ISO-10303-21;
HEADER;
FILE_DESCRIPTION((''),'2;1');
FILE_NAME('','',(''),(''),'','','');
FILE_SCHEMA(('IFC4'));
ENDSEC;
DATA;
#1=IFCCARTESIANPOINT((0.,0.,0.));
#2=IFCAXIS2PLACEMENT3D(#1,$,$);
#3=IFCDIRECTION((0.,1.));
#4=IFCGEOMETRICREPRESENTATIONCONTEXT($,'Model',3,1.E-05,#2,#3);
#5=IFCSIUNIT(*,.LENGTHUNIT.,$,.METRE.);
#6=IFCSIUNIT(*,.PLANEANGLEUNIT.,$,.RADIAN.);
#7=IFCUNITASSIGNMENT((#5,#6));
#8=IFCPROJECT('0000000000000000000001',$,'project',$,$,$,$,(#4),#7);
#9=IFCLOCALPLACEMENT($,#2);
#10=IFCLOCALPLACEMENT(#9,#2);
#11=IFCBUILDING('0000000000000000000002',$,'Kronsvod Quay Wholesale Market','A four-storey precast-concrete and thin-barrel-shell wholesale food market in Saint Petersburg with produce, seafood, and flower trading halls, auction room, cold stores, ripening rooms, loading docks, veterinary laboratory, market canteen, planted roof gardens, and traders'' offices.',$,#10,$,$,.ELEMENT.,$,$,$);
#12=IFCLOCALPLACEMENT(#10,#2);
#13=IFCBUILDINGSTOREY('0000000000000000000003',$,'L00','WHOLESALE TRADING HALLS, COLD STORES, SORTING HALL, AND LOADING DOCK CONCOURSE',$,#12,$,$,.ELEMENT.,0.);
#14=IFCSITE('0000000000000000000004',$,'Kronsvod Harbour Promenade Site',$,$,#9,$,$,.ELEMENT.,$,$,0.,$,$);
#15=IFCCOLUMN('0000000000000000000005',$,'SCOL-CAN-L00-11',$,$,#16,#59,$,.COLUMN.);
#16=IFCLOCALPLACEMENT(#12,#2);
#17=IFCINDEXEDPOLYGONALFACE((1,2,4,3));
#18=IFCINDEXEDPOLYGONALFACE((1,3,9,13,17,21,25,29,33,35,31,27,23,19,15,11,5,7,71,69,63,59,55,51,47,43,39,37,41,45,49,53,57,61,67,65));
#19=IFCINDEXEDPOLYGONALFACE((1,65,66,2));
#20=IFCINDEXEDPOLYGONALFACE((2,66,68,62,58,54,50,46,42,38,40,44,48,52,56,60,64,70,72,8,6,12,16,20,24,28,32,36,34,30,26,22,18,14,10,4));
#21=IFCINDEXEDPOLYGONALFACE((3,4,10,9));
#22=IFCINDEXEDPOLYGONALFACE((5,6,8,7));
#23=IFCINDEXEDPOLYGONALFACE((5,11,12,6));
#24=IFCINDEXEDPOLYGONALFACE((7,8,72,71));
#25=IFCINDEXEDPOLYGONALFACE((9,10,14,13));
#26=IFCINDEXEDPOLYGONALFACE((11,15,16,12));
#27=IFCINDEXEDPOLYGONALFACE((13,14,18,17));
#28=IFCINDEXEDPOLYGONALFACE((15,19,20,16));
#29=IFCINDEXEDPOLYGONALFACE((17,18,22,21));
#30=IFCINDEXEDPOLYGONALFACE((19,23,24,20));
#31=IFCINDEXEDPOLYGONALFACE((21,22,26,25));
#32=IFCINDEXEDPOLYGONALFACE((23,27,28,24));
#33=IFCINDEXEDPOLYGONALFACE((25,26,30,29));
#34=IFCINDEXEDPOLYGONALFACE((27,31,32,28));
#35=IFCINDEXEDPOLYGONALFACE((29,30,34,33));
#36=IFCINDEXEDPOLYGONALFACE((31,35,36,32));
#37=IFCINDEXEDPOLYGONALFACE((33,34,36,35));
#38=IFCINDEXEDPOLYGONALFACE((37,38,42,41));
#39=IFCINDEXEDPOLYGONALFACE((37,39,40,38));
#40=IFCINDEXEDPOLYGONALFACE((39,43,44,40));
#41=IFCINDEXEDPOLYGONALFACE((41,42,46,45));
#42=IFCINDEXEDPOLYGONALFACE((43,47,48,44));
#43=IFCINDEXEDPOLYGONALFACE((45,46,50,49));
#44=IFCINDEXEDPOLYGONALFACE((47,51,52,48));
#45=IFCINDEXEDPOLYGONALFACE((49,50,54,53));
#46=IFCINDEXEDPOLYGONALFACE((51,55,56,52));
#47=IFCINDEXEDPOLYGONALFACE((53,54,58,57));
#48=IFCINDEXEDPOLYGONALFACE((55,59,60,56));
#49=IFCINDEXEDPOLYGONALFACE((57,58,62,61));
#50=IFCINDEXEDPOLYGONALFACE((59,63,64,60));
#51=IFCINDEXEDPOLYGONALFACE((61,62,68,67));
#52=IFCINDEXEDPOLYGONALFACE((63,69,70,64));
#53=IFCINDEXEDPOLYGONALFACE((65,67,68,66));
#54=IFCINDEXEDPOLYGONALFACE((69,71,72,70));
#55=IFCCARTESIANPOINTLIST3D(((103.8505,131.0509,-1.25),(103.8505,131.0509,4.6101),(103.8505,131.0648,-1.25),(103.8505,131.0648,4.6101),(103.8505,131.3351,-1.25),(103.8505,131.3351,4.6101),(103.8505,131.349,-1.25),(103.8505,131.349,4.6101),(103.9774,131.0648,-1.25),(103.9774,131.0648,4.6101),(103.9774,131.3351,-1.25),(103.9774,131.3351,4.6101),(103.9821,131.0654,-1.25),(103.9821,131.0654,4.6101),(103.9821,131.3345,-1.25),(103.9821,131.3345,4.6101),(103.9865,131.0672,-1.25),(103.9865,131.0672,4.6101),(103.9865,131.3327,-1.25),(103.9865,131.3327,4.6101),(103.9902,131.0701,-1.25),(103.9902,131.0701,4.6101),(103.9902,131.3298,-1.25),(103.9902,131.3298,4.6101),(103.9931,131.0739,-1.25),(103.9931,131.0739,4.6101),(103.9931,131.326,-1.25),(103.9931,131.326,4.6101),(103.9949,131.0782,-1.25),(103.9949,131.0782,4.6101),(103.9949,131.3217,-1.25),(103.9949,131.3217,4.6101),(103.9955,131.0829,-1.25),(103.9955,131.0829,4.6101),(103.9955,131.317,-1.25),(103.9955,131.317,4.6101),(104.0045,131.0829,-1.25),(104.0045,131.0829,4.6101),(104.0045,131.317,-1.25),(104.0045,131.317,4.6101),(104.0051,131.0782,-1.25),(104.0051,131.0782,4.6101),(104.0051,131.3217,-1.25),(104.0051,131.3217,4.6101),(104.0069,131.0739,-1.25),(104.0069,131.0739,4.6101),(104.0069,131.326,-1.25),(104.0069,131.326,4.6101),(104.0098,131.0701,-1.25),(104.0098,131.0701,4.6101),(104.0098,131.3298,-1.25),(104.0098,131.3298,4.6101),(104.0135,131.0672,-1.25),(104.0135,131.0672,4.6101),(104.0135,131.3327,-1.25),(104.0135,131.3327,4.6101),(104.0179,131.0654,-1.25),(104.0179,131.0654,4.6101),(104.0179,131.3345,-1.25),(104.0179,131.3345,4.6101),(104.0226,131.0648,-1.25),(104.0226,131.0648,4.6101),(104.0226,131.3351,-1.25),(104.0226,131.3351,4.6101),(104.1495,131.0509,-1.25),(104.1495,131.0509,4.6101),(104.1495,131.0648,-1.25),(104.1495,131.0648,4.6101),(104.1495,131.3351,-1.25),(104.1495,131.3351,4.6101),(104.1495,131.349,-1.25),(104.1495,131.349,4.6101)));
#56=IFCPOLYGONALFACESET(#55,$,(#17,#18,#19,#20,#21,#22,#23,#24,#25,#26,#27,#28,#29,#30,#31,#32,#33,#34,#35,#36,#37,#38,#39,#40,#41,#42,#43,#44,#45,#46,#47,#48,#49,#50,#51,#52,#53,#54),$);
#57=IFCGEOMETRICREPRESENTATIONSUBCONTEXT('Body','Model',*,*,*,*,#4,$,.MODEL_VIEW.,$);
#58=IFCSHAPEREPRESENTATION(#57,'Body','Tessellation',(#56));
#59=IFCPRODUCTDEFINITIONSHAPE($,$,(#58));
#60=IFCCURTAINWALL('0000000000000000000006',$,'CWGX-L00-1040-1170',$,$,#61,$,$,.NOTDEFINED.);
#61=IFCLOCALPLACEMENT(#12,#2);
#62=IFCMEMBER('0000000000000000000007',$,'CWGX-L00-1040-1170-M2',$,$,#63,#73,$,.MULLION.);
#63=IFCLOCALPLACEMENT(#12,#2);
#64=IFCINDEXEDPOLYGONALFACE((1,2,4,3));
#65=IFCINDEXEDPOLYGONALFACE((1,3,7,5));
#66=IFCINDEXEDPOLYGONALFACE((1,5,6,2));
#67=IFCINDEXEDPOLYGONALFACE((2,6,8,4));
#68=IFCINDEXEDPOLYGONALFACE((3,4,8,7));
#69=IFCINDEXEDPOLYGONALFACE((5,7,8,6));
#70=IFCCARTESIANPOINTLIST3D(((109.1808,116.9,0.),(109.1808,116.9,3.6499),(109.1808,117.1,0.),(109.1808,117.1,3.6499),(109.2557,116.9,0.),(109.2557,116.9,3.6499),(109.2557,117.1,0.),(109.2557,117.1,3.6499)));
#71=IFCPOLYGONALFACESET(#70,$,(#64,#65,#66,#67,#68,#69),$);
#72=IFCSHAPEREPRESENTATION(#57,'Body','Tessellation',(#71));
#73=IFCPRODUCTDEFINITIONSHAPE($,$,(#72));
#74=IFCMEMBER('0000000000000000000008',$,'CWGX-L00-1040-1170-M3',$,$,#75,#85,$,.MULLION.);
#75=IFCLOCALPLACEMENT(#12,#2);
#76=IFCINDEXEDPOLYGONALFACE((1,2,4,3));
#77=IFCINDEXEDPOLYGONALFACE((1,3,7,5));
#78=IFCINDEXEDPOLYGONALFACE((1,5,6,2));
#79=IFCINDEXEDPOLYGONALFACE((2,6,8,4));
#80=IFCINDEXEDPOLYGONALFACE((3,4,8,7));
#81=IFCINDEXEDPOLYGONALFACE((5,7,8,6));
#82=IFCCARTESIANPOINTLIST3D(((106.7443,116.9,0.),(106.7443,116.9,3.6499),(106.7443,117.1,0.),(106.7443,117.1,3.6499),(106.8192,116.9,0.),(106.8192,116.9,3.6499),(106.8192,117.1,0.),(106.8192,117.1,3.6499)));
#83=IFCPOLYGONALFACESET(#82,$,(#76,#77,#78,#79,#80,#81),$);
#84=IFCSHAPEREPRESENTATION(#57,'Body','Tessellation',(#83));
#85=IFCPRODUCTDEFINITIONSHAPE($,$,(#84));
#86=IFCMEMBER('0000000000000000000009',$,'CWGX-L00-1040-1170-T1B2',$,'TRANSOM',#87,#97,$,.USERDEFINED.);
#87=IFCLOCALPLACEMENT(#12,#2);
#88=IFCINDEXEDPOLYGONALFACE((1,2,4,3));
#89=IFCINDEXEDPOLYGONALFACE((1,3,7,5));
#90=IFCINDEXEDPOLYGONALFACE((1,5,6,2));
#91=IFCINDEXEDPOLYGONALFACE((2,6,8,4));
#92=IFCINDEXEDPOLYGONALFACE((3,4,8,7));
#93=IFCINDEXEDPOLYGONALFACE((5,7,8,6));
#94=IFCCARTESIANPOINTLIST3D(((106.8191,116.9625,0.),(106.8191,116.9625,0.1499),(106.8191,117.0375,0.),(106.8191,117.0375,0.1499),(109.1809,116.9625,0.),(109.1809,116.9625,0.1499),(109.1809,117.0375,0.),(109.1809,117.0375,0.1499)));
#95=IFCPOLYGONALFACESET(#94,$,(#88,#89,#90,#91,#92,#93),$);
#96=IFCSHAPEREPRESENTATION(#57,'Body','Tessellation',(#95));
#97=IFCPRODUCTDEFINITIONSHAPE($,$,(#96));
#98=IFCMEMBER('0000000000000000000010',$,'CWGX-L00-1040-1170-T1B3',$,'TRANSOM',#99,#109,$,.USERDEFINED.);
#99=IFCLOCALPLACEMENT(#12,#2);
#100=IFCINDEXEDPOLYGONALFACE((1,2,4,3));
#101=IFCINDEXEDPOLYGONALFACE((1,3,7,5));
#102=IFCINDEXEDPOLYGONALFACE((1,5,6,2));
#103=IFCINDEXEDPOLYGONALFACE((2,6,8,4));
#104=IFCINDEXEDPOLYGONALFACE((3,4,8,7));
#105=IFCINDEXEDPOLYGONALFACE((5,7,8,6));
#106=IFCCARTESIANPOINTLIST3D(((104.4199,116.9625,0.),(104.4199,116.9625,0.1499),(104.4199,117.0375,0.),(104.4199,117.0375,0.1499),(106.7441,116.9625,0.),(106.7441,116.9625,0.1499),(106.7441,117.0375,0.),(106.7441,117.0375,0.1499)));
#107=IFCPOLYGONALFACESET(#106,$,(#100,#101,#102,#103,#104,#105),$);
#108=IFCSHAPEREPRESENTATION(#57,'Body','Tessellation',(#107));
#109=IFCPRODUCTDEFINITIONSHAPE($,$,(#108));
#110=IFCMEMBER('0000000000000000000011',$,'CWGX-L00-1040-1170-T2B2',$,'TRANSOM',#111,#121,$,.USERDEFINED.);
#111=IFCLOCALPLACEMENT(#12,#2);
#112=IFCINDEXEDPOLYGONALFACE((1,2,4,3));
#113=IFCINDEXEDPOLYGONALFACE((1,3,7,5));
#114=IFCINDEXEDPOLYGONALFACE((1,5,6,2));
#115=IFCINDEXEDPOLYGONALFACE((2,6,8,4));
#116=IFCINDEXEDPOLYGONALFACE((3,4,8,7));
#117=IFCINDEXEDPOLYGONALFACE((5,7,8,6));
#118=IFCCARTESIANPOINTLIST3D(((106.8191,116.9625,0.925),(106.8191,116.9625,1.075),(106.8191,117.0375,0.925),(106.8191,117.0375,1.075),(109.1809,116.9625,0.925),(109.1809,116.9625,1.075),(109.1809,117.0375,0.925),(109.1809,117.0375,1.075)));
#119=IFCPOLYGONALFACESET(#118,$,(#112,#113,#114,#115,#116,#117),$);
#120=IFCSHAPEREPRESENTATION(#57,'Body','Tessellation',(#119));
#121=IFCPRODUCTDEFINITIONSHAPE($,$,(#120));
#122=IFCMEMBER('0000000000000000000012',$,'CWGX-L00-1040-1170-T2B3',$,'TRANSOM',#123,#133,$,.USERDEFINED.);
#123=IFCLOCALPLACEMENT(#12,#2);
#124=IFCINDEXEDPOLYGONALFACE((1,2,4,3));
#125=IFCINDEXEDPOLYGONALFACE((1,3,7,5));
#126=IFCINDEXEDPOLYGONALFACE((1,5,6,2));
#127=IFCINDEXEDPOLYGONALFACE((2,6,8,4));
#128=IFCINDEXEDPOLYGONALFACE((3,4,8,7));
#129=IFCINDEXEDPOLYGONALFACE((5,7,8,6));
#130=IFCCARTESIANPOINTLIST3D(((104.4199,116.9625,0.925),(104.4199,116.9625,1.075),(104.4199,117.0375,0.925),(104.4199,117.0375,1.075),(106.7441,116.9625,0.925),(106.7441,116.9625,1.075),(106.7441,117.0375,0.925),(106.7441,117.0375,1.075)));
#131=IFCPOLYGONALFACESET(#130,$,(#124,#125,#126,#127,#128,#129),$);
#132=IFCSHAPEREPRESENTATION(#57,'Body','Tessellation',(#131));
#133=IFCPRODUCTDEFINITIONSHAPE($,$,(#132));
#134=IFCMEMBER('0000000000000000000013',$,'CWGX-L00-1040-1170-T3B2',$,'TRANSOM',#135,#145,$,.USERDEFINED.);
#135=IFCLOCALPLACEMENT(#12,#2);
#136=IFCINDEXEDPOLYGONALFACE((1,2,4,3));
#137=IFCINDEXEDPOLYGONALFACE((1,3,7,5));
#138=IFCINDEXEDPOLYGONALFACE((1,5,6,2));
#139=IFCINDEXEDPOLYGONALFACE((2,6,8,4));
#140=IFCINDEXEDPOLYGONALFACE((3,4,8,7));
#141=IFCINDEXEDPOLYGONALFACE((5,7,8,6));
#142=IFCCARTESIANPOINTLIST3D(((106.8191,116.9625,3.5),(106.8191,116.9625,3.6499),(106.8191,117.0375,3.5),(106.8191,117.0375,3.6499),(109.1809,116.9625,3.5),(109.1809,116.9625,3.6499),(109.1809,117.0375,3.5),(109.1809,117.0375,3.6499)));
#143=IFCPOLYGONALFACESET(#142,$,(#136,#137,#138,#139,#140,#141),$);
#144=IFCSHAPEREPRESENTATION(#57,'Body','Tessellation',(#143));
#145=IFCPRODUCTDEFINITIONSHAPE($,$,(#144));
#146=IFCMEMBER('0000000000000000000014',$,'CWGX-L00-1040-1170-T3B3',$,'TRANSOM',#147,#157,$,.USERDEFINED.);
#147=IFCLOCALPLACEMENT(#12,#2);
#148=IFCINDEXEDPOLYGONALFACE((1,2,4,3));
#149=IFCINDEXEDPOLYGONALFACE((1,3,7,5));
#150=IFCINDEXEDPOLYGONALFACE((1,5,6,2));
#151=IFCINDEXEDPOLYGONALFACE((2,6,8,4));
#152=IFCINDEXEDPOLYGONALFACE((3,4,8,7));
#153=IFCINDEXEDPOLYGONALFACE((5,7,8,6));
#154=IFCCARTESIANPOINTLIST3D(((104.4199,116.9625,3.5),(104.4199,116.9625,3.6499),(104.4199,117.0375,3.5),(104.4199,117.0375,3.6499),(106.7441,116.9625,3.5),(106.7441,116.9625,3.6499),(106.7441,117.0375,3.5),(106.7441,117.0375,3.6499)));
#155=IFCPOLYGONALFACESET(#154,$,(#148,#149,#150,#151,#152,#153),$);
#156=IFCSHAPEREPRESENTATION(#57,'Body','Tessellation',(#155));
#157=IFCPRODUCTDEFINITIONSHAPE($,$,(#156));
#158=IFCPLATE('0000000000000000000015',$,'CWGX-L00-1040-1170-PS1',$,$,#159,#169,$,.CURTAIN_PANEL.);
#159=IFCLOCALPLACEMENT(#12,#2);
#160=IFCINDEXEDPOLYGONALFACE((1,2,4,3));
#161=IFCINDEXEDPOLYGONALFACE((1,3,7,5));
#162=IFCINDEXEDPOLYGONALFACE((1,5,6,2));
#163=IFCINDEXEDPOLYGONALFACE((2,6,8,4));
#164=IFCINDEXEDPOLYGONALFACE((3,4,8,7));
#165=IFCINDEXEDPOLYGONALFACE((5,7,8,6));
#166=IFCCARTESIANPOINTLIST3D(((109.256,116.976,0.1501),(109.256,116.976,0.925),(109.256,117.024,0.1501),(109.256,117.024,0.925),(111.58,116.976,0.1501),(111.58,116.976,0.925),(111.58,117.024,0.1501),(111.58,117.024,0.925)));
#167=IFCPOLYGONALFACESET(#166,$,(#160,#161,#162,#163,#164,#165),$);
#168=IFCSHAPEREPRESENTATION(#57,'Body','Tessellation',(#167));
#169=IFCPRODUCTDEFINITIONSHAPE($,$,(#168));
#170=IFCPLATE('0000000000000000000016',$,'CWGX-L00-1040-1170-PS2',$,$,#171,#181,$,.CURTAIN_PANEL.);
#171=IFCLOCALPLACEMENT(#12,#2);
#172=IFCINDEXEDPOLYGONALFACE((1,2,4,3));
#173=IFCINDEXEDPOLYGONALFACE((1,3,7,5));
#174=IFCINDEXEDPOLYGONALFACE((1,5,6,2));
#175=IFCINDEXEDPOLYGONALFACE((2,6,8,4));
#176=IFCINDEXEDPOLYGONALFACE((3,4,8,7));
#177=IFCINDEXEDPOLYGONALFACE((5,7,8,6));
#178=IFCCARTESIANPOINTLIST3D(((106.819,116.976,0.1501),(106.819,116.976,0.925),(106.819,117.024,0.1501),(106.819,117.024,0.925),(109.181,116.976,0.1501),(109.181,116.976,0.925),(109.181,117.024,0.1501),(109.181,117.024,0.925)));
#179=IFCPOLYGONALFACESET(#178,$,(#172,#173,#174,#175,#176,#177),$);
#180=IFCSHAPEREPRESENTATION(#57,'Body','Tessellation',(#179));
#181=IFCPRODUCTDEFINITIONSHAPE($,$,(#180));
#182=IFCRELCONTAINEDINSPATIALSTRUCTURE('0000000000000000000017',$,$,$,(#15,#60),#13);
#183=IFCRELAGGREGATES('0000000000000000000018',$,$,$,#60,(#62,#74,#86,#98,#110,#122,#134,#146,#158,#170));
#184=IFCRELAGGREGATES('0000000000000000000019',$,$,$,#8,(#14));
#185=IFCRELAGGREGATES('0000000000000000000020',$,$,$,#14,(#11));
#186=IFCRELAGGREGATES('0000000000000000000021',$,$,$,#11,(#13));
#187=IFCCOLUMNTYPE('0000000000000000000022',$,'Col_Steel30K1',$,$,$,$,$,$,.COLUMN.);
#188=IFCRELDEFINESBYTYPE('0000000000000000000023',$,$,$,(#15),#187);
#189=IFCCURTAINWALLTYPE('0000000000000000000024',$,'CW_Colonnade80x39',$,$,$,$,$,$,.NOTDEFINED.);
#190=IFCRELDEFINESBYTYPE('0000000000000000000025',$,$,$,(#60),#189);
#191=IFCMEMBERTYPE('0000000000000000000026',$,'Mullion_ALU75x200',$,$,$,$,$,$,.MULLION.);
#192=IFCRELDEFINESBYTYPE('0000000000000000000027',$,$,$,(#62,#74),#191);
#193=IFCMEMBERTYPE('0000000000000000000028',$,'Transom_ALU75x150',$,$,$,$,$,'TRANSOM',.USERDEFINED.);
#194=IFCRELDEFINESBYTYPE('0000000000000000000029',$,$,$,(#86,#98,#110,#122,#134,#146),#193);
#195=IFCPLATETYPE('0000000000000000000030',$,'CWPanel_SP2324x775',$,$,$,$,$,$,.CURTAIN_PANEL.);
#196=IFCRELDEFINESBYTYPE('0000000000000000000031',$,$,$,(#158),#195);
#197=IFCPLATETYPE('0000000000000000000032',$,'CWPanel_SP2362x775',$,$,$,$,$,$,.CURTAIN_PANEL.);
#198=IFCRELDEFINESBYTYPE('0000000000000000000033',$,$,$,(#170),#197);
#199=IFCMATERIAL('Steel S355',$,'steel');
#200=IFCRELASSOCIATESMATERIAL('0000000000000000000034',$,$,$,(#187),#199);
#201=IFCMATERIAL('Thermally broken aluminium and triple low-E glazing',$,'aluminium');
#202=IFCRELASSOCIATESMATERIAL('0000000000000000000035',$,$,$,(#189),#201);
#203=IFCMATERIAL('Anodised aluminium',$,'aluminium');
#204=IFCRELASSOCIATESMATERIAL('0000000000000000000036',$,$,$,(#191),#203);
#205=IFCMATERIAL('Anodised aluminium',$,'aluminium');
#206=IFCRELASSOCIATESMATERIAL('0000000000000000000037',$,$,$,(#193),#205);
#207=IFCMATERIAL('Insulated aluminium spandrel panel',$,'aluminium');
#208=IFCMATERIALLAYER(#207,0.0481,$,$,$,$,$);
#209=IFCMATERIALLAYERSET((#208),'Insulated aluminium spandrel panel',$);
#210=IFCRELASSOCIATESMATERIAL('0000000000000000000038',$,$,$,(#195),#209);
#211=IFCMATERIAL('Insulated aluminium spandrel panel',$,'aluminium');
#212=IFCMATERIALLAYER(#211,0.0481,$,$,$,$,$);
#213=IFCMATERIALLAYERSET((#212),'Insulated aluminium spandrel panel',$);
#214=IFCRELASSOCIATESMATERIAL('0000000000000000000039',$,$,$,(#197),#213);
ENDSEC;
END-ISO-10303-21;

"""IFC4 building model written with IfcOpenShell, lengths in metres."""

from ifc_helpers import new_model, si_unit, direction, frame, origin, origin_2d, place, context, subcontext, project, spatial, rectangle, i_section, extrude, material, layer, layer_set, material_profile, profile_set, type_object, element, aggregate, save


model = new_model("IFC4")

# Units and contexts
model_context = context("Model", 3, precision=1e-05, world=origin(), true_north=direction((0.0, 1.0)))
body_context = subcontext(model_context, "Body", "Model", "MODEL_VIEW")
ifc_project = project(units=[si_unit("LENGTHUNIT", "METRE"), si_unit("PLANEANGLEUNIT", "RADIAN")], contexts=[model_context])

# Site, building, storey
site_placement = place(None, origin())
site = spatial("IfcSite", under=ifc_project, at=site_placement, Name="Kronsvod Harbour Promenade Site", CompositionType="ELEMENT", RefElevation=0.0)
building_placement = place(site_placement, origin())
building = spatial("IfcBuilding", under=site, at=building_placement, Name="Kronsvod Quay Wholesale Market", Description="A four-storey precast-concrete and thin-barrel-shell wholesale food market in Saint Petersburg with produce, seafood, and flower trading halls, auction room, cold stores, ripening rooms, loading docks, veterinary laboratory, market canteen, planted roof gardens, and traders' offices.", CompositionType="ELEMENT")
storey_placement = place(building_placement, origin())
storey = spatial("IfcBuildingStorey", under=building, at=storey_placement, Name="L00", Description="WHOLESALE TRADING HALLS, COLD STORES, SORTING HALL, AND LOADING DOCK CONCOURSE", CompositionType="ELEMENT", Elevation=0.0)

# Column
ifc_material_1 = material(Name="Steel S355", Category="steel")
ifc_material_profile_1 = material_profile(ifc_material_1, i_section(OverallWidth=0.2991, OverallDepth=0.2981, WebThickness=0.009, FlangeThickness=0.0139, FilletRadius=0.0181, at=origin_2d()), Name="30K1")
ifc_profile_set_1 = profile_set([ifc_material_profile_1], Name="Steel S355")
column_type_1 = type_object("IfcColumnType", Name="Col_Steel30K1", PredefinedType="COLUMN", material=ifc_profile_set_1)
column_1_placement = place(storey_placement, frame((104.0, 131.2, -1.25), z_axis=(0.0, 0.0, 1.0), x_axis=(1.0, 0.0, 0.0)))
element("IfcColumn", 1, at=column_1_placement, inside=storey, type_object=column_type_1, Name="SCOL-CAN-L00-11", PredefinedType="COLUMN", context=body_context, shape_type="SweptSolid", body=[
    extrude(i_section(OverallWidth=0.2991, OverallDepth=0.2981, WebThickness=0.009, FlangeThickness=0.0139, FilletRadius=0.0181, at=origin_2d()), origin(), (0.0, 0.0, 1.0), 5.8601),
])

# Curtain wall, members, plates
ifc_material_2 = material(Name="Thermally broken aluminium and triple low-E glazing", Category="aluminium")
curtain_wall_type = type_object("IfcCurtainWallType", Name="CW_Colonnade80x39", PredefinedType="NOTDEFINED", material=ifc_material_2)
curtain_wall_placement = place(storey_placement, origin())
curtain_wall = element("IfcCurtainWall", 2, at=curtain_wall_placement, inside=storey, type_object=curtain_wall_type, Name="CWGX-L00-1040-1170", PredefinedType="NOTDEFINED")
ifc_material_3 = material(Name="Anodised aluminium", Category="aluminium")
ifc_material_profile_2 = material_profile(ifc_material_3, rectangle(XDim=0.075, YDim=0.2, at=origin_2d()), Name="ALUM75x200")
ifc_profile_set_2 = profile_set([ifc_material_profile_2], Name="Anodised aluminium")
member_type_1 = type_object("IfcMemberType", Name="Mullion_ALU75x200", PredefinedType="MULLION", material=ifc_profile_set_2)
member_1_placement = place(storey_placement, frame((109.2183, 117.0, 0.0), z_axis=(0.0, 0.0, 1.0), x_axis=(1.0, 0.0, 0.0)))
member_1 = element("IfcMember", 3, at=member_1_placement, type_object=member_type_1, Name="CWGX-L00-1040-1170-M2", PredefinedType="MULLION", context=body_context, shape_type="SweptSolid", body=[
    extrude(rectangle(XDim=0.075, YDim=0.2, at=origin_2d()), origin(), (0.0, 0.0, 1.0), 3.6499),
])
member_2_placement = place(storey_placement, frame((106.7817, 117.0, 0.0), z_axis=(0.0, 0.0, 1.0), x_axis=(1.0, 0.0, 0.0)))
member_2 = element("IfcMember", 4, at=member_2_placement, type_object=member_type_1, Name="CWGX-L00-1040-1170-M3", PredefinedType="MULLION", context=body_context, shape_type="SweptSolid", body=[
    extrude(rectangle(XDim=0.075, YDim=0.2, at=origin_2d()), origin(), (0.0, 0.0, 1.0), 3.6499),
])
ifc_material_4 = material(Name="Anodised aluminium", Category="aluminium")
ifc_material_profile_3 = material_profile(ifc_material_4, rectangle(XDim=0.075, YDim=0.1499, at=origin_2d()), Name="ALUT75x150")
ifc_profile_set_3 = profile_set([ifc_material_profile_3], Name="Anodised aluminium")
member_type_2 = type_object("IfcMemberType", Name="Transom_ALU75x150", ElementType="TRANSOM", PredefinedType="USERDEFINED", material=ifc_profile_set_3)
member_3_placement = place(storey_placement, frame((109.1809, 117.0, 0.075), z_axis=(-1.0, 0.0, 0.0), x_axis=(0.0, -1.0, 0.0)))
member_3 = element("IfcMember", 5, at=member_3_placement, type_object=member_type_2, Name="CWGX-L00-1040-1170-T1B2", ObjectType="TRANSOM", PredefinedType="USERDEFINED", context=body_context, shape_type="SweptSolid", body=[
    extrude(rectangle(XDim=0.075, YDim=0.1499, at=origin_2d()), origin(), (0.0, 0.0, 1.0), 2.3618),
])
member_4_placement = place(storey_placement, frame((106.7441, 117.0, 0.075), z_axis=(-1.0, 0.0, 0.0), x_axis=(0.0, -1.0, 0.0)))
member_4 = element("IfcMember", 6, at=member_4_placement, type_object=member_type_2, Name="CWGX-L00-1040-1170-T1B3", ObjectType="TRANSOM", PredefinedType="USERDEFINED", context=body_context, shape_type="SweptSolid", body=[
    extrude(rectangle(XDim=0.075, YDim=0.1499, at=origin_2d()), origin(), (0.0, 0.0, 1.0), 2.3242),
])
member_5_placement = place(storey_placement, frame((109.1809, 117.0, 1.0), z_axis=(-1.0, 0.0, 0.0), x_axis=(0.0, -1.0, 0.0)))
member_5 = element("IfcMember", 7, at=member_5_placement, type_object=member_type_2, Name="CWGX-L00-1040-1170-T2B2", ObjectType="TRANSOM", PredefinedType="USERDEFINED", context=body_context, shape_type="SweptSolid", body=[
    extrude(rectangle(XDim=0.075, YDim=0.1499, at=origin_2d()), origin(), (0.0, 0.0, 1.0), 2.3618),
])
member_6_placement = place(storey_placement, frame((106.7441, 117.0, 1.0), z_axis=(-1.0, 0.0, 0.0), x_axis=(0.0, -1.0, 0.0)))
member_6 = element("IfcMember", 8, at=member_6_placement, type_object=member_type_2, Name="CWGX-L00-1040-1170-T2B3", ObjectType="TRANSOM", PredefinedType="USERDEFINED", context=body_context, shape_type="SweptSolid", body=[
    extrude(rectangle(XDim=0.075, YDim=0.1499, at=origin_2d()), origin(), (0.0, 0.0, 1.0), 2.3242),
])
member_7_placement = place(storey_placement, frame((109.1809, 117.0, 3.575), z_axis=(-1.0, 0.0, 0.0), x_axis=(0.0, -1.0, 0.0)))
member_7 = element("IfcMember", 9, at=member_7_placement, type_object=member_type_2, Name="CWGX-L00-1040-1170-T3B2", ObjectType="TRANSOM", PredefinedType="USERDEFINED", context=body_context, shape_type="SweptSolid", body=[
    extrude(rectangle(XDim=0.075, YDim=0.1499, at=origin_2d()), origin(), (0.0, 0.0, 1.0), 2.3618),
])
member_8_placement = place(storey_placement, frame((106.7441, 117.0, 3.575), z_axis=(-1.0, 0.0, 0.0), x_axis=(0.0, -1.0, 0.0)))
member_8 = element("IfcMember", 10, at=member_8_placement, type_object=member_type_2, Name="CWGX-L00-1040-1170-T3B3", ObjectType="TRANSOM", PredefinedType="USERDEFINED", context=body_context, shape_type="SweptSolid", body=[
    extrude(rectangle(XDim=0.075, YDim=0.1499, at=origin_2d()), origin(), (0.0, 0.0, 1.0), 2.3242),
])
ifc_material_5 = material(Name="Insulated aluminium spandrel panel", Category="aluminium")
ifc_layer_1 = layer(ifc_material_5, 0.0481)
ifc_layer_set_1 = layer_set([ifc_layer_1], Name="Insulated aluminium spandrel panel")
plate_type_1 = type_object("IfcPlateType", Name="CWPanel_SP2324x775", PredefinedType="CURTAIN_PANEL", material=ifc_layer_set_1)
plate_1_placement = place(storey_placement, frame((110.418, 117.0, 0.1501), z_axis=(0.0, 0.0, 1.0), x_axis=(-1.0, 0.0, 0.0)))
plate_1 = element("IfcPlate", 11, at=plate_1_placement, type_object=plate_type_1, Name="CWGX-L00-1040-1170-PS1", PredefinedType="CURTAIN_PANEL", context=body_context, shape_type="SweptSolid", body=[
    extrude(rectangle(XDim=2.324, YDim=0.0481, at=origin_2d()), origin(), (0.0, 0.0, 1.0), 0.7749),
])
ifc_material_6 = material(Name="Insulated aluminium spandrel panel", Category="aluminium")
ifc_layer_2 = layer(ifc_material_6, 0.0481)
ifc_layer_set_2 = layer_set([ifc_layer_2], Name="Insulated aluminium spandrel panel")
plate_type_2 = type_object("IfcPlateType", Name="CWPanel_SP2362x775", PredefinedType="CURTAIN_PANEL", material=ifc_layer_set_2)
plate_2_placement = place(storey_placement, frame((108.0, 117.0, 0.1501), z_axis=(0.0, 0.0, 1.0), x_axis=(-1.0, 0.0, 0.0)))
plate_2 = element("IfcPlate", 12, at=plate_2_placement, type_object=plate_type_2, Name="CWGX-L00-1040-1170-PS2", PredefinedType="CURTAIN_PANEL", context=body_context, shape_type="SweptSolid", body=[
    extrude(rectangle(XDim=2.3621, YDim=0.0481, at=origin_2d()), origin(), (0.0, 0.0, 1.0), 0.7749),
])
aggregate(curtain_wall, [member_1, member_2, member_3, member_4, member_5, member_6, member_7, member_8, plate_1, plate_2])

save(model, "model.ifc")
